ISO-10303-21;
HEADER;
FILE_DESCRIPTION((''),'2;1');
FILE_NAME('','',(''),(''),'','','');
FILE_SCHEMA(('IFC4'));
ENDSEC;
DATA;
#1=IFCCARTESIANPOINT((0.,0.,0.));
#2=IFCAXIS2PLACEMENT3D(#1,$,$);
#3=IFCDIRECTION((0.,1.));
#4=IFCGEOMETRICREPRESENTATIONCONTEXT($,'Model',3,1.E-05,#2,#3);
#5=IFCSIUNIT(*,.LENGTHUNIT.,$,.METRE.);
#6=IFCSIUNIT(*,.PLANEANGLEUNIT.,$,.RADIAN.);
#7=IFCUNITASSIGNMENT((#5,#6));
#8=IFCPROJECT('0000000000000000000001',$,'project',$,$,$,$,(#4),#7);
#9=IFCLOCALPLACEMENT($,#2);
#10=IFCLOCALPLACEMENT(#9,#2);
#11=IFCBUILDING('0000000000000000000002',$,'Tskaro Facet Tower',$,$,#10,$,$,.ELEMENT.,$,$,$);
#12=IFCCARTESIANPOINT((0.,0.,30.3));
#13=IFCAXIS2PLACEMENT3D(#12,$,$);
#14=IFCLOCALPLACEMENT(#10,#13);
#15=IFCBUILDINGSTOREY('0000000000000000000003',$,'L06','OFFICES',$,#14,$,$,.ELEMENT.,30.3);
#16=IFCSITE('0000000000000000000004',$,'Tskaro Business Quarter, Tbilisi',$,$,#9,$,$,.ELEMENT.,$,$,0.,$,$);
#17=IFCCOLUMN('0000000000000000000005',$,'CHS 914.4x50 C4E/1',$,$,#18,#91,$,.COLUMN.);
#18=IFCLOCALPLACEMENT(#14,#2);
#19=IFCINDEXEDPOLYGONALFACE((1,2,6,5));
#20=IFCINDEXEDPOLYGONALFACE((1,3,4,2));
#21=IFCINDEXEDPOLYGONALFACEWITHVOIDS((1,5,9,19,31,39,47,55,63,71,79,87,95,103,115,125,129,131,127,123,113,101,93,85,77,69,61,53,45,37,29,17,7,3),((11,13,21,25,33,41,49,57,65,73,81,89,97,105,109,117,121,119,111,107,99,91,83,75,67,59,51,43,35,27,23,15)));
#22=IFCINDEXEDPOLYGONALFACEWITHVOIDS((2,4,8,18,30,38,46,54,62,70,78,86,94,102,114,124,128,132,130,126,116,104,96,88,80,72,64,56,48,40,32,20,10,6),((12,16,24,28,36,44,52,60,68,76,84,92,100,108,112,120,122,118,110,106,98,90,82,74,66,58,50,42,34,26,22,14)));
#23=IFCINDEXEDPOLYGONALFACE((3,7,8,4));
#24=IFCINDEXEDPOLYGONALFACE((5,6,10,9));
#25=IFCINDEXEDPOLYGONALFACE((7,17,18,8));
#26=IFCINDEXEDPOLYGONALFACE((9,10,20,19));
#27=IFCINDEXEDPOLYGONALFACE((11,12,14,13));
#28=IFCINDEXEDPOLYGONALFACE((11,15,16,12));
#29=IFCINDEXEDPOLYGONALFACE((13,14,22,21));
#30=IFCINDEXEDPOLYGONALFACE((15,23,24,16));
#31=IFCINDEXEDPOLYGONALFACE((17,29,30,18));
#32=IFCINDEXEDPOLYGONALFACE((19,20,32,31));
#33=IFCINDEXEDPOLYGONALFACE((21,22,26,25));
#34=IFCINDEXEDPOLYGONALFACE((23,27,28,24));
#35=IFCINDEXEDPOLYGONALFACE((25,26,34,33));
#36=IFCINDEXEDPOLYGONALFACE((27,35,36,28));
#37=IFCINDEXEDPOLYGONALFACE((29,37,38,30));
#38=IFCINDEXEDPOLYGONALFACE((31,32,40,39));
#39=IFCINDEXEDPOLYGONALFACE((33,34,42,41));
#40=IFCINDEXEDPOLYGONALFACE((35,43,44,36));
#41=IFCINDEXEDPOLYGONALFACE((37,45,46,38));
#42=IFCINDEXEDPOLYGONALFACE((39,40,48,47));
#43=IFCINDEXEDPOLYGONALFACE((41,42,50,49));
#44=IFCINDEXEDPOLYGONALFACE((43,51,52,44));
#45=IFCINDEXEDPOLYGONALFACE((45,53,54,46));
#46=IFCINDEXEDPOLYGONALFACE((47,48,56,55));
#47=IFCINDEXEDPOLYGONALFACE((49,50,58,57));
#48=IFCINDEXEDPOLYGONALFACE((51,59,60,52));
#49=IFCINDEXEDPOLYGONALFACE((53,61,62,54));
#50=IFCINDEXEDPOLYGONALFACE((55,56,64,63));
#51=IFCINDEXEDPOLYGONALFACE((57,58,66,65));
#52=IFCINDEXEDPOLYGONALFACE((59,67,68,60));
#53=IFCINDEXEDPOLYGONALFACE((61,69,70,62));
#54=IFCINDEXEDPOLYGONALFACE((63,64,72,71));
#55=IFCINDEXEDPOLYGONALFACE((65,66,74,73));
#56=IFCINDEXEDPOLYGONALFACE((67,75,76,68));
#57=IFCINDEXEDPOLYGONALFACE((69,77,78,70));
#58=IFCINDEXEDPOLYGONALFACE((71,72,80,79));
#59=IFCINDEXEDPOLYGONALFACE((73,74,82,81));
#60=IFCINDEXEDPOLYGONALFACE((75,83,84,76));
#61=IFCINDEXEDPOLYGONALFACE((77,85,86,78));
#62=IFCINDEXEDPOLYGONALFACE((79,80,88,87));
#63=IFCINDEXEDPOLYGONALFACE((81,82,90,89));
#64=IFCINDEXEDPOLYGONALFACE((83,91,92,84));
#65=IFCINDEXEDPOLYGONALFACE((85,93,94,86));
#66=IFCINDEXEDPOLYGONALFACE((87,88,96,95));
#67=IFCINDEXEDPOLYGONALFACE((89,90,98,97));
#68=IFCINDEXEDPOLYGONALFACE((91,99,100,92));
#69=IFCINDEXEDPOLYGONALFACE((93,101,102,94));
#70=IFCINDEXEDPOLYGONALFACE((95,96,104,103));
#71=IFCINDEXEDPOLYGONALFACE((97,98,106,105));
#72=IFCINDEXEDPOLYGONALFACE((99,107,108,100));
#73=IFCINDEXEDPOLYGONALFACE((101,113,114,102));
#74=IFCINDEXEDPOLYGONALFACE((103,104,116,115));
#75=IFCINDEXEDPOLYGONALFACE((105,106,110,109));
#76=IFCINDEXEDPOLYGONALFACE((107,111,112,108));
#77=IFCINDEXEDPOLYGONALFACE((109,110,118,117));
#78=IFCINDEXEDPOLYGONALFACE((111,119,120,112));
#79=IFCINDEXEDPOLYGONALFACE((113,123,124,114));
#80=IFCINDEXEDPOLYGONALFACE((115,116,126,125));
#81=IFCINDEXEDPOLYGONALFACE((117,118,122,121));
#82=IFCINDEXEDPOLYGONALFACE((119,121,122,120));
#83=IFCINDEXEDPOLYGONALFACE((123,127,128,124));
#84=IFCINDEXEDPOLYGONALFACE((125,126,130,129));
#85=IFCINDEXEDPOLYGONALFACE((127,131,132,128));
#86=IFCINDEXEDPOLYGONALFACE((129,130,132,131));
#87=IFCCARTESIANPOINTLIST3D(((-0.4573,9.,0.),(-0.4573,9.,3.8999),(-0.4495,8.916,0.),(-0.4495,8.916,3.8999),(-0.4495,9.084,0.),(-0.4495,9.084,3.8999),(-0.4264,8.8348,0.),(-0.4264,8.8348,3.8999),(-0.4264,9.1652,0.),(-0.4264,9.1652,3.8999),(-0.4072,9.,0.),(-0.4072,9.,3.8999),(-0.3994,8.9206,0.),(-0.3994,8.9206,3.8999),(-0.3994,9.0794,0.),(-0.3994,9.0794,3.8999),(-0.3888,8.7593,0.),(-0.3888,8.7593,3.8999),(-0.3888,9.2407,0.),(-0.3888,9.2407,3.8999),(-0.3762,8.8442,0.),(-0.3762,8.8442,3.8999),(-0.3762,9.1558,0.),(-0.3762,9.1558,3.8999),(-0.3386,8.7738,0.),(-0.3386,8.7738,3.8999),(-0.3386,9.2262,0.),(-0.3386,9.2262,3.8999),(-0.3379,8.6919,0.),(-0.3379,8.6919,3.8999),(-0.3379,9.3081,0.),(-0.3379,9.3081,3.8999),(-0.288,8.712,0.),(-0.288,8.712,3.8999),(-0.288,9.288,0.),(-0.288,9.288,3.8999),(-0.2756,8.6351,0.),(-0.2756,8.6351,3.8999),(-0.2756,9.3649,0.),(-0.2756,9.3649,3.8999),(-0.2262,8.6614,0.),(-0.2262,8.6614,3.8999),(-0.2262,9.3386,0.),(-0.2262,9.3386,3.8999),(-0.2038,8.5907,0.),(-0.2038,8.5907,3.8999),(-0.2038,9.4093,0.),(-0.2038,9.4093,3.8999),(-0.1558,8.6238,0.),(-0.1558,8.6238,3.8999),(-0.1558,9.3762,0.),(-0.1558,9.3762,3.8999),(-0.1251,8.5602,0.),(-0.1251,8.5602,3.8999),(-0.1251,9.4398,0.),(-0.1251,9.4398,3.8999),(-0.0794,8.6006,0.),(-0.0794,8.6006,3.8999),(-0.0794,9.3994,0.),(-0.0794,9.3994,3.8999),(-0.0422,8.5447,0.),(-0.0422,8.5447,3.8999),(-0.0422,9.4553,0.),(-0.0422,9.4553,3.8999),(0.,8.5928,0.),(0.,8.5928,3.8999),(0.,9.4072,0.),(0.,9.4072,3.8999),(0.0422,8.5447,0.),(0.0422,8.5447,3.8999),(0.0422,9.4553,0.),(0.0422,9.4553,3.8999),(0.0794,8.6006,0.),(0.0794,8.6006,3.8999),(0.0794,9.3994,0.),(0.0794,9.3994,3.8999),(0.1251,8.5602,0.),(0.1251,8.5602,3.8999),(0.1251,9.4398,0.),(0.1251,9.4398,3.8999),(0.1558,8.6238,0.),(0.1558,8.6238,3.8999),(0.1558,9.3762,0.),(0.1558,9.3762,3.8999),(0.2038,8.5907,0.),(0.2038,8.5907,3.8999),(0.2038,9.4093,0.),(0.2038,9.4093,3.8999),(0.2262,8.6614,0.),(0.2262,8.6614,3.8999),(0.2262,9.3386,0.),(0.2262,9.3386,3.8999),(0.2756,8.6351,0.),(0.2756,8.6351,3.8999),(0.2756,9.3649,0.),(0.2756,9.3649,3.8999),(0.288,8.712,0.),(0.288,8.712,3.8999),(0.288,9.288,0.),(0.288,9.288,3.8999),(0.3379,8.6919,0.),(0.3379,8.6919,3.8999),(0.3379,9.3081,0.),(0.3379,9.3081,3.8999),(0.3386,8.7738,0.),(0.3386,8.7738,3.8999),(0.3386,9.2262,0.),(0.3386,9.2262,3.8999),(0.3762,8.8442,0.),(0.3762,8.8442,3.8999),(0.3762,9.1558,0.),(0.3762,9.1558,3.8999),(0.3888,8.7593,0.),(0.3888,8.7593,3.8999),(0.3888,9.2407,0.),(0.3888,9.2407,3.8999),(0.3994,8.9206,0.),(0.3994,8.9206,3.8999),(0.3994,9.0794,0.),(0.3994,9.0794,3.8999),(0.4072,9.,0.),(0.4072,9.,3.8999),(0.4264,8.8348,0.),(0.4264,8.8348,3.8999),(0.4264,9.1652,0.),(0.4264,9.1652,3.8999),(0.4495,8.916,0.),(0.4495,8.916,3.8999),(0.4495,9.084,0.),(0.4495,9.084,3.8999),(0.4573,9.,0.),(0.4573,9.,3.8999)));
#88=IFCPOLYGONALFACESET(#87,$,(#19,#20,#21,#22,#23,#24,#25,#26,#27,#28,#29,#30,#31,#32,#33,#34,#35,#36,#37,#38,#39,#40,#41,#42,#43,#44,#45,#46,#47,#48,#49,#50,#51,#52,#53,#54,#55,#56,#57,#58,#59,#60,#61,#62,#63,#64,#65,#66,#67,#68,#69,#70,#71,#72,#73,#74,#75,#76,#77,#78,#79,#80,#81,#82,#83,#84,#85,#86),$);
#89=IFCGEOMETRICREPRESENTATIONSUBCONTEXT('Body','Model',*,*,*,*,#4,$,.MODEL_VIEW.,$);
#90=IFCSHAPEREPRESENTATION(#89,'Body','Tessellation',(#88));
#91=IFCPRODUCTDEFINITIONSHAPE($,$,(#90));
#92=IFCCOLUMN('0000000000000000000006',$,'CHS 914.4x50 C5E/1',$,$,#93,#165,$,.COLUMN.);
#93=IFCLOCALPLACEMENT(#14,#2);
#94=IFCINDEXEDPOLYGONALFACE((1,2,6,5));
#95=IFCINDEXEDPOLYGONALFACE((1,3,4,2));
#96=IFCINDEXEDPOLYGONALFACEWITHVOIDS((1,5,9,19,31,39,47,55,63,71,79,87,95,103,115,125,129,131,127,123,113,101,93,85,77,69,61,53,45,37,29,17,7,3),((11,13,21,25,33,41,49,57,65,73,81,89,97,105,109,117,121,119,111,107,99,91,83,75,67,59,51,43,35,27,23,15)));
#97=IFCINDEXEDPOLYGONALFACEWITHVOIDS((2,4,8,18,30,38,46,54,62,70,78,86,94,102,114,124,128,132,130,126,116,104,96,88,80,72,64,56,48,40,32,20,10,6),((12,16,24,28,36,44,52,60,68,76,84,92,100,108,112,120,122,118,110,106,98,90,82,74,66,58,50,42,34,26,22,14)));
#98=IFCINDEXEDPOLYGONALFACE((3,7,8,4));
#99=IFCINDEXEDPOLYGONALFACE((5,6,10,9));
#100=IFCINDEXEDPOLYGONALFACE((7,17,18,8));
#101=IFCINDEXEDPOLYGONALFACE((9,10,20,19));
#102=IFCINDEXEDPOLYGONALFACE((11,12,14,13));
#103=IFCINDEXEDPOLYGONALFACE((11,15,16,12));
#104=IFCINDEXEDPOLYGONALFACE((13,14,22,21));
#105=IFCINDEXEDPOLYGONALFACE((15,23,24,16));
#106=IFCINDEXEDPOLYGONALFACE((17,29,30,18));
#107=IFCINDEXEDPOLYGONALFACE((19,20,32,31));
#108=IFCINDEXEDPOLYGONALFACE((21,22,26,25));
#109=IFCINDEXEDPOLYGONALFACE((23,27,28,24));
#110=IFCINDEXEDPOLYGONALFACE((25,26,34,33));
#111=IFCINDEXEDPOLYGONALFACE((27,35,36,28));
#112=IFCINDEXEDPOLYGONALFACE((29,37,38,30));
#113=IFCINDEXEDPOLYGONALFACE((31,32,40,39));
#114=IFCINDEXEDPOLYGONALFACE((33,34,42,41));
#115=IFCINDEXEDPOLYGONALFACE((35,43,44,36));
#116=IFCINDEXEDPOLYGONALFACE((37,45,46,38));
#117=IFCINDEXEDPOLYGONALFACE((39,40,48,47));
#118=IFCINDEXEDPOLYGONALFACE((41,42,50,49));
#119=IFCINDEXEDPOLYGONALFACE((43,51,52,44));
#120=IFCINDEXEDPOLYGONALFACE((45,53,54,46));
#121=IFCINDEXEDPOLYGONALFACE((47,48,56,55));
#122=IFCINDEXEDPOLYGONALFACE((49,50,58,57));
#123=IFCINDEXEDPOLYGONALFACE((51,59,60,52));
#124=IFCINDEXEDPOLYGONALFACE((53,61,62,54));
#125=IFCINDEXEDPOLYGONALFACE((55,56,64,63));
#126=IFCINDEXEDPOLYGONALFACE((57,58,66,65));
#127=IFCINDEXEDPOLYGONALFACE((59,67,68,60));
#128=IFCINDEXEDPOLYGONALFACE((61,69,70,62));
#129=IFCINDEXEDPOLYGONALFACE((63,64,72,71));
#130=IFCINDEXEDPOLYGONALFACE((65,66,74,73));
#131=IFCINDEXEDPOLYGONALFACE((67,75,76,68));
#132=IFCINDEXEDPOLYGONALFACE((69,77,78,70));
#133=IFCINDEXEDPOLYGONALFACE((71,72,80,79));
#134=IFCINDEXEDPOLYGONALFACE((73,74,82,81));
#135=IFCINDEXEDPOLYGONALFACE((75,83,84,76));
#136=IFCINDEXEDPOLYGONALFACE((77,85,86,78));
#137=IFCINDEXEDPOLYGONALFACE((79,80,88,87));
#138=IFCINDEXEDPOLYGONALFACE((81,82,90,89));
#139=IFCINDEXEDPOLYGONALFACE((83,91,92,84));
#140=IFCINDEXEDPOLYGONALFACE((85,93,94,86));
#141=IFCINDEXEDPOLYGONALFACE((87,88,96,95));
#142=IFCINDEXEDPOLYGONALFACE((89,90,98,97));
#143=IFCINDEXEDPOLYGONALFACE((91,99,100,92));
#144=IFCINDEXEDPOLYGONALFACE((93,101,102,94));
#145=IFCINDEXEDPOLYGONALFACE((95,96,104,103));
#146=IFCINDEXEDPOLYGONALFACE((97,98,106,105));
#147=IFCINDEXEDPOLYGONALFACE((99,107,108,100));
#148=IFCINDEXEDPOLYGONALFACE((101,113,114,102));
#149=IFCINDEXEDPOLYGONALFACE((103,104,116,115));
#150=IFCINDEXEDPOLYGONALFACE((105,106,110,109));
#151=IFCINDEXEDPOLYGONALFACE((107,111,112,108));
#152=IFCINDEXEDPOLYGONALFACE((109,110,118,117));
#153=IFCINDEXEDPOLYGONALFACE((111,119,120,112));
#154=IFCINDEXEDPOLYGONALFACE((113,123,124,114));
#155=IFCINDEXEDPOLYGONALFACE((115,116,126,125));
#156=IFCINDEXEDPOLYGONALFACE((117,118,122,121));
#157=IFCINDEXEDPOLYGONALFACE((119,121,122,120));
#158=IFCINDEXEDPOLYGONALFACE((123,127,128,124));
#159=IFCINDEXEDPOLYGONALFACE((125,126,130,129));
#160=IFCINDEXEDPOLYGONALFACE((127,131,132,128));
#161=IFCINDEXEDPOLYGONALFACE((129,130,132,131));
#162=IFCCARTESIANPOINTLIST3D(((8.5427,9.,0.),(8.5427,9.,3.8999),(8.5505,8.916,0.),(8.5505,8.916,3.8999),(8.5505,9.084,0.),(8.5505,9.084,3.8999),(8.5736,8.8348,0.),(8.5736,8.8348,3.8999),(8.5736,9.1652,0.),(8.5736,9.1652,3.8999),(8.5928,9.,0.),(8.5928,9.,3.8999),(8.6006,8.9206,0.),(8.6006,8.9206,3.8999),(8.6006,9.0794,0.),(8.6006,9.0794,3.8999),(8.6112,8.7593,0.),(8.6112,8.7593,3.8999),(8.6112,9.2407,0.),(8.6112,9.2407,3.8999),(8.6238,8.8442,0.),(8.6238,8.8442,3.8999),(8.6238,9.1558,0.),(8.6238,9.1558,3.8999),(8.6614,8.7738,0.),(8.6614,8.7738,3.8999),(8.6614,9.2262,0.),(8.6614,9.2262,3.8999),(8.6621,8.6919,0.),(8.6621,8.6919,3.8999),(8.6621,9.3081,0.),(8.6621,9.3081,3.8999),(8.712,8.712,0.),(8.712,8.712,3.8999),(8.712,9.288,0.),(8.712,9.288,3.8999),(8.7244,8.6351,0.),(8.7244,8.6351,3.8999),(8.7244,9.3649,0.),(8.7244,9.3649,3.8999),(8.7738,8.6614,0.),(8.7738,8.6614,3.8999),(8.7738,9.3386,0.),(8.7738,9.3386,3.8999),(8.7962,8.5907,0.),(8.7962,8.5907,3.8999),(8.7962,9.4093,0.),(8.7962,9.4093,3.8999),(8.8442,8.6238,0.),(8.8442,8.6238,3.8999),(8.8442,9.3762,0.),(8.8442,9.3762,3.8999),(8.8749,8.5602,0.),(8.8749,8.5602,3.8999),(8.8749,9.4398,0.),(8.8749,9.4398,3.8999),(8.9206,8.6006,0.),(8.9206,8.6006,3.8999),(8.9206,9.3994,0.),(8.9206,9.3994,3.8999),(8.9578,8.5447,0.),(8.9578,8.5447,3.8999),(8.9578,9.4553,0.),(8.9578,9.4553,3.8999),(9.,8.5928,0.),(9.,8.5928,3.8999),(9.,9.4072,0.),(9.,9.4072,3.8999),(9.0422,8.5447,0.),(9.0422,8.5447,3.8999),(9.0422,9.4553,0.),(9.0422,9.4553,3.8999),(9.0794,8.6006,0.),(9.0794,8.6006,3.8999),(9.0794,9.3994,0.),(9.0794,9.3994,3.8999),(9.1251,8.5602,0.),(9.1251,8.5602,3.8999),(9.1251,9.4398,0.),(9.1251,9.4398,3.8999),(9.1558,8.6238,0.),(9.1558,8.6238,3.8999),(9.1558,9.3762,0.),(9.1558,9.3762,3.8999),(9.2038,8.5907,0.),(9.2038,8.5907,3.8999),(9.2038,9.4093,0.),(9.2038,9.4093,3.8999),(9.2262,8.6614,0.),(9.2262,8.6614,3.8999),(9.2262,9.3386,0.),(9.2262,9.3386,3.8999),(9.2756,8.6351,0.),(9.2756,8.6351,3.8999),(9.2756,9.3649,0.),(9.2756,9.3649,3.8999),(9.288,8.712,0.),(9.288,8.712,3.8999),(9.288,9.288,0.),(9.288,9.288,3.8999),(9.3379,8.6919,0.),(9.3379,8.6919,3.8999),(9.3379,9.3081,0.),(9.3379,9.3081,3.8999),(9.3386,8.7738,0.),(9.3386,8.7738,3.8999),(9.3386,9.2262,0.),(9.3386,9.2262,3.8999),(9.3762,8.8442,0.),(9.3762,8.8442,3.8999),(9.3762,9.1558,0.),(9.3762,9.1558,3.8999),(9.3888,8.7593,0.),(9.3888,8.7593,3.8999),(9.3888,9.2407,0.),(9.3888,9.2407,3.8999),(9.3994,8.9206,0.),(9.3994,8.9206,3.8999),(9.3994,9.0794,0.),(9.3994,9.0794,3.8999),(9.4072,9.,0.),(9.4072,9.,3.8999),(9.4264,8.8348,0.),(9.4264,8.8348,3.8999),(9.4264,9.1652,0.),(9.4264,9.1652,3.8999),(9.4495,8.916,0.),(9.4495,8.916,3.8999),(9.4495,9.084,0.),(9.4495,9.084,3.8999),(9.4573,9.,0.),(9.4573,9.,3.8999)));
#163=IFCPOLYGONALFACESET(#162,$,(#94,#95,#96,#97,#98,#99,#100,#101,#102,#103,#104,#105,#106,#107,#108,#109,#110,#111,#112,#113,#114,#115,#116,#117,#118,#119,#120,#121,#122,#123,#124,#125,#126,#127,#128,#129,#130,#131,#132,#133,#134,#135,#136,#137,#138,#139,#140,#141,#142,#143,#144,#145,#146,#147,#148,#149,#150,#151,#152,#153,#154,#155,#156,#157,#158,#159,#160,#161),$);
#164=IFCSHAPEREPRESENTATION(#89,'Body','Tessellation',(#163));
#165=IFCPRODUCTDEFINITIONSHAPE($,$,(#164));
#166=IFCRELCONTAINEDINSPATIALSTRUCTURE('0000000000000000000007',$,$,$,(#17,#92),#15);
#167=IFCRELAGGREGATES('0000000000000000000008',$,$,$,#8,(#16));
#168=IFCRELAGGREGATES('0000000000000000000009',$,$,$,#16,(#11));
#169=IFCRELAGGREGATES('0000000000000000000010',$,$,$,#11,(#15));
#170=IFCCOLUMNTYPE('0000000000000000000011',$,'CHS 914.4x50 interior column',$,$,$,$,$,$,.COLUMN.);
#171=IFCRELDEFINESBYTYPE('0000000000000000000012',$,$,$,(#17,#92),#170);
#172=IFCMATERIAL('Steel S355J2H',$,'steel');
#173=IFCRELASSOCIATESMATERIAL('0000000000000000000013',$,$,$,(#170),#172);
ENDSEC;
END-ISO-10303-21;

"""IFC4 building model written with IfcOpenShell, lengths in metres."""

from ifc_helpers import new_model, si_unit, direction, frame, origin, origin_2d, place, context, subcontext, project, spatial, hollow_circle, extrude, material, material_profile, profile_set, type_object, element, save


model = new_model("IFC4")

# Units and contexts
model_context = context("Model", 3, precision=1e-05, world=origin(), true_north=direction((0.0, 1.0)))
body_context = subcontext(model_context, "Body", "Model", "MODEL_VIEW")
ifc_project = project(units=[si_unit("LENGTHUNIT", "METRE"), si_unit("PLANEANGLEUNIT", "RADIAN")], contexts=[model_context])

# Site, building, storey
site_placement = place(None, origin())
site = spatial("IfcSite", under=ifc_project, at=site_placement, Name="Tskaro Business Quarter, Tbilisi", CompositionType="ELEMENT", RefElevation=0.0)
building_placement = place(site_placement, origin())
building = spatial("IfcBuilding", under=site, at=building_placement, Name="Tskaro Facet Tower", CompositionType="ELEMENT")
storey_placement = place(building_placement, frame((0.0, 0.0, 30.3)))
storey = spatial("IfcBuildingStorey", under=building, at=storey_placement, Name="L06", Description="OFFICES", CompositionType="ELEMENT", Elevation=30.3)

# Columns
ifc_material_1 = material(Name="Steel S355J2H", Category="steel")
ifc_material_profile_1 = material_profile(ifc_material_1, hollow_circle(Radius=0.4573, WallThickness=0.05, at=origin_2d()), Name="CHS 914.4x50")
ifc_profile_set_1 = profile_set([ifc_material_profile_1], Name="Steel S355J2H")
column_type = type_object("IfcColumnType", Name="CHS 914.4x50 interior column", PredefinedType="COLUMN", material=ifc_profile_set_1)
for number, where, z_axis, x_axis, name in (
    (1, (0.0, 9.0, 0.0), (0.0, 0.0, 1.0), (1.0, 0.0, 0.0), "CHS 914.4x50 C4E/1"),
    (2, (9.0, 9.0, 0.0), (0.0, 0.0, 1.0), (1.0, 0.0, 0.0), "CHS 914.4x50 C5E/1"),
):
    element("IfcColumn", number, at=place(storey_placement, frame(where, z_axis=z_axis, x_axis=x_axis)), inside=storey, type_object=column_type, Name=name, PredefinedType="COLUMN", context=body_context, shape_type="SweptSolid", body=[
        extrude(hollow_circle(Radius=0.4573, WallThickness=0.05, at=origin_2d()), origin(), (0.0, 0.0, 1.0), 3.8999),
    ])

save(model, "model.ifc")
